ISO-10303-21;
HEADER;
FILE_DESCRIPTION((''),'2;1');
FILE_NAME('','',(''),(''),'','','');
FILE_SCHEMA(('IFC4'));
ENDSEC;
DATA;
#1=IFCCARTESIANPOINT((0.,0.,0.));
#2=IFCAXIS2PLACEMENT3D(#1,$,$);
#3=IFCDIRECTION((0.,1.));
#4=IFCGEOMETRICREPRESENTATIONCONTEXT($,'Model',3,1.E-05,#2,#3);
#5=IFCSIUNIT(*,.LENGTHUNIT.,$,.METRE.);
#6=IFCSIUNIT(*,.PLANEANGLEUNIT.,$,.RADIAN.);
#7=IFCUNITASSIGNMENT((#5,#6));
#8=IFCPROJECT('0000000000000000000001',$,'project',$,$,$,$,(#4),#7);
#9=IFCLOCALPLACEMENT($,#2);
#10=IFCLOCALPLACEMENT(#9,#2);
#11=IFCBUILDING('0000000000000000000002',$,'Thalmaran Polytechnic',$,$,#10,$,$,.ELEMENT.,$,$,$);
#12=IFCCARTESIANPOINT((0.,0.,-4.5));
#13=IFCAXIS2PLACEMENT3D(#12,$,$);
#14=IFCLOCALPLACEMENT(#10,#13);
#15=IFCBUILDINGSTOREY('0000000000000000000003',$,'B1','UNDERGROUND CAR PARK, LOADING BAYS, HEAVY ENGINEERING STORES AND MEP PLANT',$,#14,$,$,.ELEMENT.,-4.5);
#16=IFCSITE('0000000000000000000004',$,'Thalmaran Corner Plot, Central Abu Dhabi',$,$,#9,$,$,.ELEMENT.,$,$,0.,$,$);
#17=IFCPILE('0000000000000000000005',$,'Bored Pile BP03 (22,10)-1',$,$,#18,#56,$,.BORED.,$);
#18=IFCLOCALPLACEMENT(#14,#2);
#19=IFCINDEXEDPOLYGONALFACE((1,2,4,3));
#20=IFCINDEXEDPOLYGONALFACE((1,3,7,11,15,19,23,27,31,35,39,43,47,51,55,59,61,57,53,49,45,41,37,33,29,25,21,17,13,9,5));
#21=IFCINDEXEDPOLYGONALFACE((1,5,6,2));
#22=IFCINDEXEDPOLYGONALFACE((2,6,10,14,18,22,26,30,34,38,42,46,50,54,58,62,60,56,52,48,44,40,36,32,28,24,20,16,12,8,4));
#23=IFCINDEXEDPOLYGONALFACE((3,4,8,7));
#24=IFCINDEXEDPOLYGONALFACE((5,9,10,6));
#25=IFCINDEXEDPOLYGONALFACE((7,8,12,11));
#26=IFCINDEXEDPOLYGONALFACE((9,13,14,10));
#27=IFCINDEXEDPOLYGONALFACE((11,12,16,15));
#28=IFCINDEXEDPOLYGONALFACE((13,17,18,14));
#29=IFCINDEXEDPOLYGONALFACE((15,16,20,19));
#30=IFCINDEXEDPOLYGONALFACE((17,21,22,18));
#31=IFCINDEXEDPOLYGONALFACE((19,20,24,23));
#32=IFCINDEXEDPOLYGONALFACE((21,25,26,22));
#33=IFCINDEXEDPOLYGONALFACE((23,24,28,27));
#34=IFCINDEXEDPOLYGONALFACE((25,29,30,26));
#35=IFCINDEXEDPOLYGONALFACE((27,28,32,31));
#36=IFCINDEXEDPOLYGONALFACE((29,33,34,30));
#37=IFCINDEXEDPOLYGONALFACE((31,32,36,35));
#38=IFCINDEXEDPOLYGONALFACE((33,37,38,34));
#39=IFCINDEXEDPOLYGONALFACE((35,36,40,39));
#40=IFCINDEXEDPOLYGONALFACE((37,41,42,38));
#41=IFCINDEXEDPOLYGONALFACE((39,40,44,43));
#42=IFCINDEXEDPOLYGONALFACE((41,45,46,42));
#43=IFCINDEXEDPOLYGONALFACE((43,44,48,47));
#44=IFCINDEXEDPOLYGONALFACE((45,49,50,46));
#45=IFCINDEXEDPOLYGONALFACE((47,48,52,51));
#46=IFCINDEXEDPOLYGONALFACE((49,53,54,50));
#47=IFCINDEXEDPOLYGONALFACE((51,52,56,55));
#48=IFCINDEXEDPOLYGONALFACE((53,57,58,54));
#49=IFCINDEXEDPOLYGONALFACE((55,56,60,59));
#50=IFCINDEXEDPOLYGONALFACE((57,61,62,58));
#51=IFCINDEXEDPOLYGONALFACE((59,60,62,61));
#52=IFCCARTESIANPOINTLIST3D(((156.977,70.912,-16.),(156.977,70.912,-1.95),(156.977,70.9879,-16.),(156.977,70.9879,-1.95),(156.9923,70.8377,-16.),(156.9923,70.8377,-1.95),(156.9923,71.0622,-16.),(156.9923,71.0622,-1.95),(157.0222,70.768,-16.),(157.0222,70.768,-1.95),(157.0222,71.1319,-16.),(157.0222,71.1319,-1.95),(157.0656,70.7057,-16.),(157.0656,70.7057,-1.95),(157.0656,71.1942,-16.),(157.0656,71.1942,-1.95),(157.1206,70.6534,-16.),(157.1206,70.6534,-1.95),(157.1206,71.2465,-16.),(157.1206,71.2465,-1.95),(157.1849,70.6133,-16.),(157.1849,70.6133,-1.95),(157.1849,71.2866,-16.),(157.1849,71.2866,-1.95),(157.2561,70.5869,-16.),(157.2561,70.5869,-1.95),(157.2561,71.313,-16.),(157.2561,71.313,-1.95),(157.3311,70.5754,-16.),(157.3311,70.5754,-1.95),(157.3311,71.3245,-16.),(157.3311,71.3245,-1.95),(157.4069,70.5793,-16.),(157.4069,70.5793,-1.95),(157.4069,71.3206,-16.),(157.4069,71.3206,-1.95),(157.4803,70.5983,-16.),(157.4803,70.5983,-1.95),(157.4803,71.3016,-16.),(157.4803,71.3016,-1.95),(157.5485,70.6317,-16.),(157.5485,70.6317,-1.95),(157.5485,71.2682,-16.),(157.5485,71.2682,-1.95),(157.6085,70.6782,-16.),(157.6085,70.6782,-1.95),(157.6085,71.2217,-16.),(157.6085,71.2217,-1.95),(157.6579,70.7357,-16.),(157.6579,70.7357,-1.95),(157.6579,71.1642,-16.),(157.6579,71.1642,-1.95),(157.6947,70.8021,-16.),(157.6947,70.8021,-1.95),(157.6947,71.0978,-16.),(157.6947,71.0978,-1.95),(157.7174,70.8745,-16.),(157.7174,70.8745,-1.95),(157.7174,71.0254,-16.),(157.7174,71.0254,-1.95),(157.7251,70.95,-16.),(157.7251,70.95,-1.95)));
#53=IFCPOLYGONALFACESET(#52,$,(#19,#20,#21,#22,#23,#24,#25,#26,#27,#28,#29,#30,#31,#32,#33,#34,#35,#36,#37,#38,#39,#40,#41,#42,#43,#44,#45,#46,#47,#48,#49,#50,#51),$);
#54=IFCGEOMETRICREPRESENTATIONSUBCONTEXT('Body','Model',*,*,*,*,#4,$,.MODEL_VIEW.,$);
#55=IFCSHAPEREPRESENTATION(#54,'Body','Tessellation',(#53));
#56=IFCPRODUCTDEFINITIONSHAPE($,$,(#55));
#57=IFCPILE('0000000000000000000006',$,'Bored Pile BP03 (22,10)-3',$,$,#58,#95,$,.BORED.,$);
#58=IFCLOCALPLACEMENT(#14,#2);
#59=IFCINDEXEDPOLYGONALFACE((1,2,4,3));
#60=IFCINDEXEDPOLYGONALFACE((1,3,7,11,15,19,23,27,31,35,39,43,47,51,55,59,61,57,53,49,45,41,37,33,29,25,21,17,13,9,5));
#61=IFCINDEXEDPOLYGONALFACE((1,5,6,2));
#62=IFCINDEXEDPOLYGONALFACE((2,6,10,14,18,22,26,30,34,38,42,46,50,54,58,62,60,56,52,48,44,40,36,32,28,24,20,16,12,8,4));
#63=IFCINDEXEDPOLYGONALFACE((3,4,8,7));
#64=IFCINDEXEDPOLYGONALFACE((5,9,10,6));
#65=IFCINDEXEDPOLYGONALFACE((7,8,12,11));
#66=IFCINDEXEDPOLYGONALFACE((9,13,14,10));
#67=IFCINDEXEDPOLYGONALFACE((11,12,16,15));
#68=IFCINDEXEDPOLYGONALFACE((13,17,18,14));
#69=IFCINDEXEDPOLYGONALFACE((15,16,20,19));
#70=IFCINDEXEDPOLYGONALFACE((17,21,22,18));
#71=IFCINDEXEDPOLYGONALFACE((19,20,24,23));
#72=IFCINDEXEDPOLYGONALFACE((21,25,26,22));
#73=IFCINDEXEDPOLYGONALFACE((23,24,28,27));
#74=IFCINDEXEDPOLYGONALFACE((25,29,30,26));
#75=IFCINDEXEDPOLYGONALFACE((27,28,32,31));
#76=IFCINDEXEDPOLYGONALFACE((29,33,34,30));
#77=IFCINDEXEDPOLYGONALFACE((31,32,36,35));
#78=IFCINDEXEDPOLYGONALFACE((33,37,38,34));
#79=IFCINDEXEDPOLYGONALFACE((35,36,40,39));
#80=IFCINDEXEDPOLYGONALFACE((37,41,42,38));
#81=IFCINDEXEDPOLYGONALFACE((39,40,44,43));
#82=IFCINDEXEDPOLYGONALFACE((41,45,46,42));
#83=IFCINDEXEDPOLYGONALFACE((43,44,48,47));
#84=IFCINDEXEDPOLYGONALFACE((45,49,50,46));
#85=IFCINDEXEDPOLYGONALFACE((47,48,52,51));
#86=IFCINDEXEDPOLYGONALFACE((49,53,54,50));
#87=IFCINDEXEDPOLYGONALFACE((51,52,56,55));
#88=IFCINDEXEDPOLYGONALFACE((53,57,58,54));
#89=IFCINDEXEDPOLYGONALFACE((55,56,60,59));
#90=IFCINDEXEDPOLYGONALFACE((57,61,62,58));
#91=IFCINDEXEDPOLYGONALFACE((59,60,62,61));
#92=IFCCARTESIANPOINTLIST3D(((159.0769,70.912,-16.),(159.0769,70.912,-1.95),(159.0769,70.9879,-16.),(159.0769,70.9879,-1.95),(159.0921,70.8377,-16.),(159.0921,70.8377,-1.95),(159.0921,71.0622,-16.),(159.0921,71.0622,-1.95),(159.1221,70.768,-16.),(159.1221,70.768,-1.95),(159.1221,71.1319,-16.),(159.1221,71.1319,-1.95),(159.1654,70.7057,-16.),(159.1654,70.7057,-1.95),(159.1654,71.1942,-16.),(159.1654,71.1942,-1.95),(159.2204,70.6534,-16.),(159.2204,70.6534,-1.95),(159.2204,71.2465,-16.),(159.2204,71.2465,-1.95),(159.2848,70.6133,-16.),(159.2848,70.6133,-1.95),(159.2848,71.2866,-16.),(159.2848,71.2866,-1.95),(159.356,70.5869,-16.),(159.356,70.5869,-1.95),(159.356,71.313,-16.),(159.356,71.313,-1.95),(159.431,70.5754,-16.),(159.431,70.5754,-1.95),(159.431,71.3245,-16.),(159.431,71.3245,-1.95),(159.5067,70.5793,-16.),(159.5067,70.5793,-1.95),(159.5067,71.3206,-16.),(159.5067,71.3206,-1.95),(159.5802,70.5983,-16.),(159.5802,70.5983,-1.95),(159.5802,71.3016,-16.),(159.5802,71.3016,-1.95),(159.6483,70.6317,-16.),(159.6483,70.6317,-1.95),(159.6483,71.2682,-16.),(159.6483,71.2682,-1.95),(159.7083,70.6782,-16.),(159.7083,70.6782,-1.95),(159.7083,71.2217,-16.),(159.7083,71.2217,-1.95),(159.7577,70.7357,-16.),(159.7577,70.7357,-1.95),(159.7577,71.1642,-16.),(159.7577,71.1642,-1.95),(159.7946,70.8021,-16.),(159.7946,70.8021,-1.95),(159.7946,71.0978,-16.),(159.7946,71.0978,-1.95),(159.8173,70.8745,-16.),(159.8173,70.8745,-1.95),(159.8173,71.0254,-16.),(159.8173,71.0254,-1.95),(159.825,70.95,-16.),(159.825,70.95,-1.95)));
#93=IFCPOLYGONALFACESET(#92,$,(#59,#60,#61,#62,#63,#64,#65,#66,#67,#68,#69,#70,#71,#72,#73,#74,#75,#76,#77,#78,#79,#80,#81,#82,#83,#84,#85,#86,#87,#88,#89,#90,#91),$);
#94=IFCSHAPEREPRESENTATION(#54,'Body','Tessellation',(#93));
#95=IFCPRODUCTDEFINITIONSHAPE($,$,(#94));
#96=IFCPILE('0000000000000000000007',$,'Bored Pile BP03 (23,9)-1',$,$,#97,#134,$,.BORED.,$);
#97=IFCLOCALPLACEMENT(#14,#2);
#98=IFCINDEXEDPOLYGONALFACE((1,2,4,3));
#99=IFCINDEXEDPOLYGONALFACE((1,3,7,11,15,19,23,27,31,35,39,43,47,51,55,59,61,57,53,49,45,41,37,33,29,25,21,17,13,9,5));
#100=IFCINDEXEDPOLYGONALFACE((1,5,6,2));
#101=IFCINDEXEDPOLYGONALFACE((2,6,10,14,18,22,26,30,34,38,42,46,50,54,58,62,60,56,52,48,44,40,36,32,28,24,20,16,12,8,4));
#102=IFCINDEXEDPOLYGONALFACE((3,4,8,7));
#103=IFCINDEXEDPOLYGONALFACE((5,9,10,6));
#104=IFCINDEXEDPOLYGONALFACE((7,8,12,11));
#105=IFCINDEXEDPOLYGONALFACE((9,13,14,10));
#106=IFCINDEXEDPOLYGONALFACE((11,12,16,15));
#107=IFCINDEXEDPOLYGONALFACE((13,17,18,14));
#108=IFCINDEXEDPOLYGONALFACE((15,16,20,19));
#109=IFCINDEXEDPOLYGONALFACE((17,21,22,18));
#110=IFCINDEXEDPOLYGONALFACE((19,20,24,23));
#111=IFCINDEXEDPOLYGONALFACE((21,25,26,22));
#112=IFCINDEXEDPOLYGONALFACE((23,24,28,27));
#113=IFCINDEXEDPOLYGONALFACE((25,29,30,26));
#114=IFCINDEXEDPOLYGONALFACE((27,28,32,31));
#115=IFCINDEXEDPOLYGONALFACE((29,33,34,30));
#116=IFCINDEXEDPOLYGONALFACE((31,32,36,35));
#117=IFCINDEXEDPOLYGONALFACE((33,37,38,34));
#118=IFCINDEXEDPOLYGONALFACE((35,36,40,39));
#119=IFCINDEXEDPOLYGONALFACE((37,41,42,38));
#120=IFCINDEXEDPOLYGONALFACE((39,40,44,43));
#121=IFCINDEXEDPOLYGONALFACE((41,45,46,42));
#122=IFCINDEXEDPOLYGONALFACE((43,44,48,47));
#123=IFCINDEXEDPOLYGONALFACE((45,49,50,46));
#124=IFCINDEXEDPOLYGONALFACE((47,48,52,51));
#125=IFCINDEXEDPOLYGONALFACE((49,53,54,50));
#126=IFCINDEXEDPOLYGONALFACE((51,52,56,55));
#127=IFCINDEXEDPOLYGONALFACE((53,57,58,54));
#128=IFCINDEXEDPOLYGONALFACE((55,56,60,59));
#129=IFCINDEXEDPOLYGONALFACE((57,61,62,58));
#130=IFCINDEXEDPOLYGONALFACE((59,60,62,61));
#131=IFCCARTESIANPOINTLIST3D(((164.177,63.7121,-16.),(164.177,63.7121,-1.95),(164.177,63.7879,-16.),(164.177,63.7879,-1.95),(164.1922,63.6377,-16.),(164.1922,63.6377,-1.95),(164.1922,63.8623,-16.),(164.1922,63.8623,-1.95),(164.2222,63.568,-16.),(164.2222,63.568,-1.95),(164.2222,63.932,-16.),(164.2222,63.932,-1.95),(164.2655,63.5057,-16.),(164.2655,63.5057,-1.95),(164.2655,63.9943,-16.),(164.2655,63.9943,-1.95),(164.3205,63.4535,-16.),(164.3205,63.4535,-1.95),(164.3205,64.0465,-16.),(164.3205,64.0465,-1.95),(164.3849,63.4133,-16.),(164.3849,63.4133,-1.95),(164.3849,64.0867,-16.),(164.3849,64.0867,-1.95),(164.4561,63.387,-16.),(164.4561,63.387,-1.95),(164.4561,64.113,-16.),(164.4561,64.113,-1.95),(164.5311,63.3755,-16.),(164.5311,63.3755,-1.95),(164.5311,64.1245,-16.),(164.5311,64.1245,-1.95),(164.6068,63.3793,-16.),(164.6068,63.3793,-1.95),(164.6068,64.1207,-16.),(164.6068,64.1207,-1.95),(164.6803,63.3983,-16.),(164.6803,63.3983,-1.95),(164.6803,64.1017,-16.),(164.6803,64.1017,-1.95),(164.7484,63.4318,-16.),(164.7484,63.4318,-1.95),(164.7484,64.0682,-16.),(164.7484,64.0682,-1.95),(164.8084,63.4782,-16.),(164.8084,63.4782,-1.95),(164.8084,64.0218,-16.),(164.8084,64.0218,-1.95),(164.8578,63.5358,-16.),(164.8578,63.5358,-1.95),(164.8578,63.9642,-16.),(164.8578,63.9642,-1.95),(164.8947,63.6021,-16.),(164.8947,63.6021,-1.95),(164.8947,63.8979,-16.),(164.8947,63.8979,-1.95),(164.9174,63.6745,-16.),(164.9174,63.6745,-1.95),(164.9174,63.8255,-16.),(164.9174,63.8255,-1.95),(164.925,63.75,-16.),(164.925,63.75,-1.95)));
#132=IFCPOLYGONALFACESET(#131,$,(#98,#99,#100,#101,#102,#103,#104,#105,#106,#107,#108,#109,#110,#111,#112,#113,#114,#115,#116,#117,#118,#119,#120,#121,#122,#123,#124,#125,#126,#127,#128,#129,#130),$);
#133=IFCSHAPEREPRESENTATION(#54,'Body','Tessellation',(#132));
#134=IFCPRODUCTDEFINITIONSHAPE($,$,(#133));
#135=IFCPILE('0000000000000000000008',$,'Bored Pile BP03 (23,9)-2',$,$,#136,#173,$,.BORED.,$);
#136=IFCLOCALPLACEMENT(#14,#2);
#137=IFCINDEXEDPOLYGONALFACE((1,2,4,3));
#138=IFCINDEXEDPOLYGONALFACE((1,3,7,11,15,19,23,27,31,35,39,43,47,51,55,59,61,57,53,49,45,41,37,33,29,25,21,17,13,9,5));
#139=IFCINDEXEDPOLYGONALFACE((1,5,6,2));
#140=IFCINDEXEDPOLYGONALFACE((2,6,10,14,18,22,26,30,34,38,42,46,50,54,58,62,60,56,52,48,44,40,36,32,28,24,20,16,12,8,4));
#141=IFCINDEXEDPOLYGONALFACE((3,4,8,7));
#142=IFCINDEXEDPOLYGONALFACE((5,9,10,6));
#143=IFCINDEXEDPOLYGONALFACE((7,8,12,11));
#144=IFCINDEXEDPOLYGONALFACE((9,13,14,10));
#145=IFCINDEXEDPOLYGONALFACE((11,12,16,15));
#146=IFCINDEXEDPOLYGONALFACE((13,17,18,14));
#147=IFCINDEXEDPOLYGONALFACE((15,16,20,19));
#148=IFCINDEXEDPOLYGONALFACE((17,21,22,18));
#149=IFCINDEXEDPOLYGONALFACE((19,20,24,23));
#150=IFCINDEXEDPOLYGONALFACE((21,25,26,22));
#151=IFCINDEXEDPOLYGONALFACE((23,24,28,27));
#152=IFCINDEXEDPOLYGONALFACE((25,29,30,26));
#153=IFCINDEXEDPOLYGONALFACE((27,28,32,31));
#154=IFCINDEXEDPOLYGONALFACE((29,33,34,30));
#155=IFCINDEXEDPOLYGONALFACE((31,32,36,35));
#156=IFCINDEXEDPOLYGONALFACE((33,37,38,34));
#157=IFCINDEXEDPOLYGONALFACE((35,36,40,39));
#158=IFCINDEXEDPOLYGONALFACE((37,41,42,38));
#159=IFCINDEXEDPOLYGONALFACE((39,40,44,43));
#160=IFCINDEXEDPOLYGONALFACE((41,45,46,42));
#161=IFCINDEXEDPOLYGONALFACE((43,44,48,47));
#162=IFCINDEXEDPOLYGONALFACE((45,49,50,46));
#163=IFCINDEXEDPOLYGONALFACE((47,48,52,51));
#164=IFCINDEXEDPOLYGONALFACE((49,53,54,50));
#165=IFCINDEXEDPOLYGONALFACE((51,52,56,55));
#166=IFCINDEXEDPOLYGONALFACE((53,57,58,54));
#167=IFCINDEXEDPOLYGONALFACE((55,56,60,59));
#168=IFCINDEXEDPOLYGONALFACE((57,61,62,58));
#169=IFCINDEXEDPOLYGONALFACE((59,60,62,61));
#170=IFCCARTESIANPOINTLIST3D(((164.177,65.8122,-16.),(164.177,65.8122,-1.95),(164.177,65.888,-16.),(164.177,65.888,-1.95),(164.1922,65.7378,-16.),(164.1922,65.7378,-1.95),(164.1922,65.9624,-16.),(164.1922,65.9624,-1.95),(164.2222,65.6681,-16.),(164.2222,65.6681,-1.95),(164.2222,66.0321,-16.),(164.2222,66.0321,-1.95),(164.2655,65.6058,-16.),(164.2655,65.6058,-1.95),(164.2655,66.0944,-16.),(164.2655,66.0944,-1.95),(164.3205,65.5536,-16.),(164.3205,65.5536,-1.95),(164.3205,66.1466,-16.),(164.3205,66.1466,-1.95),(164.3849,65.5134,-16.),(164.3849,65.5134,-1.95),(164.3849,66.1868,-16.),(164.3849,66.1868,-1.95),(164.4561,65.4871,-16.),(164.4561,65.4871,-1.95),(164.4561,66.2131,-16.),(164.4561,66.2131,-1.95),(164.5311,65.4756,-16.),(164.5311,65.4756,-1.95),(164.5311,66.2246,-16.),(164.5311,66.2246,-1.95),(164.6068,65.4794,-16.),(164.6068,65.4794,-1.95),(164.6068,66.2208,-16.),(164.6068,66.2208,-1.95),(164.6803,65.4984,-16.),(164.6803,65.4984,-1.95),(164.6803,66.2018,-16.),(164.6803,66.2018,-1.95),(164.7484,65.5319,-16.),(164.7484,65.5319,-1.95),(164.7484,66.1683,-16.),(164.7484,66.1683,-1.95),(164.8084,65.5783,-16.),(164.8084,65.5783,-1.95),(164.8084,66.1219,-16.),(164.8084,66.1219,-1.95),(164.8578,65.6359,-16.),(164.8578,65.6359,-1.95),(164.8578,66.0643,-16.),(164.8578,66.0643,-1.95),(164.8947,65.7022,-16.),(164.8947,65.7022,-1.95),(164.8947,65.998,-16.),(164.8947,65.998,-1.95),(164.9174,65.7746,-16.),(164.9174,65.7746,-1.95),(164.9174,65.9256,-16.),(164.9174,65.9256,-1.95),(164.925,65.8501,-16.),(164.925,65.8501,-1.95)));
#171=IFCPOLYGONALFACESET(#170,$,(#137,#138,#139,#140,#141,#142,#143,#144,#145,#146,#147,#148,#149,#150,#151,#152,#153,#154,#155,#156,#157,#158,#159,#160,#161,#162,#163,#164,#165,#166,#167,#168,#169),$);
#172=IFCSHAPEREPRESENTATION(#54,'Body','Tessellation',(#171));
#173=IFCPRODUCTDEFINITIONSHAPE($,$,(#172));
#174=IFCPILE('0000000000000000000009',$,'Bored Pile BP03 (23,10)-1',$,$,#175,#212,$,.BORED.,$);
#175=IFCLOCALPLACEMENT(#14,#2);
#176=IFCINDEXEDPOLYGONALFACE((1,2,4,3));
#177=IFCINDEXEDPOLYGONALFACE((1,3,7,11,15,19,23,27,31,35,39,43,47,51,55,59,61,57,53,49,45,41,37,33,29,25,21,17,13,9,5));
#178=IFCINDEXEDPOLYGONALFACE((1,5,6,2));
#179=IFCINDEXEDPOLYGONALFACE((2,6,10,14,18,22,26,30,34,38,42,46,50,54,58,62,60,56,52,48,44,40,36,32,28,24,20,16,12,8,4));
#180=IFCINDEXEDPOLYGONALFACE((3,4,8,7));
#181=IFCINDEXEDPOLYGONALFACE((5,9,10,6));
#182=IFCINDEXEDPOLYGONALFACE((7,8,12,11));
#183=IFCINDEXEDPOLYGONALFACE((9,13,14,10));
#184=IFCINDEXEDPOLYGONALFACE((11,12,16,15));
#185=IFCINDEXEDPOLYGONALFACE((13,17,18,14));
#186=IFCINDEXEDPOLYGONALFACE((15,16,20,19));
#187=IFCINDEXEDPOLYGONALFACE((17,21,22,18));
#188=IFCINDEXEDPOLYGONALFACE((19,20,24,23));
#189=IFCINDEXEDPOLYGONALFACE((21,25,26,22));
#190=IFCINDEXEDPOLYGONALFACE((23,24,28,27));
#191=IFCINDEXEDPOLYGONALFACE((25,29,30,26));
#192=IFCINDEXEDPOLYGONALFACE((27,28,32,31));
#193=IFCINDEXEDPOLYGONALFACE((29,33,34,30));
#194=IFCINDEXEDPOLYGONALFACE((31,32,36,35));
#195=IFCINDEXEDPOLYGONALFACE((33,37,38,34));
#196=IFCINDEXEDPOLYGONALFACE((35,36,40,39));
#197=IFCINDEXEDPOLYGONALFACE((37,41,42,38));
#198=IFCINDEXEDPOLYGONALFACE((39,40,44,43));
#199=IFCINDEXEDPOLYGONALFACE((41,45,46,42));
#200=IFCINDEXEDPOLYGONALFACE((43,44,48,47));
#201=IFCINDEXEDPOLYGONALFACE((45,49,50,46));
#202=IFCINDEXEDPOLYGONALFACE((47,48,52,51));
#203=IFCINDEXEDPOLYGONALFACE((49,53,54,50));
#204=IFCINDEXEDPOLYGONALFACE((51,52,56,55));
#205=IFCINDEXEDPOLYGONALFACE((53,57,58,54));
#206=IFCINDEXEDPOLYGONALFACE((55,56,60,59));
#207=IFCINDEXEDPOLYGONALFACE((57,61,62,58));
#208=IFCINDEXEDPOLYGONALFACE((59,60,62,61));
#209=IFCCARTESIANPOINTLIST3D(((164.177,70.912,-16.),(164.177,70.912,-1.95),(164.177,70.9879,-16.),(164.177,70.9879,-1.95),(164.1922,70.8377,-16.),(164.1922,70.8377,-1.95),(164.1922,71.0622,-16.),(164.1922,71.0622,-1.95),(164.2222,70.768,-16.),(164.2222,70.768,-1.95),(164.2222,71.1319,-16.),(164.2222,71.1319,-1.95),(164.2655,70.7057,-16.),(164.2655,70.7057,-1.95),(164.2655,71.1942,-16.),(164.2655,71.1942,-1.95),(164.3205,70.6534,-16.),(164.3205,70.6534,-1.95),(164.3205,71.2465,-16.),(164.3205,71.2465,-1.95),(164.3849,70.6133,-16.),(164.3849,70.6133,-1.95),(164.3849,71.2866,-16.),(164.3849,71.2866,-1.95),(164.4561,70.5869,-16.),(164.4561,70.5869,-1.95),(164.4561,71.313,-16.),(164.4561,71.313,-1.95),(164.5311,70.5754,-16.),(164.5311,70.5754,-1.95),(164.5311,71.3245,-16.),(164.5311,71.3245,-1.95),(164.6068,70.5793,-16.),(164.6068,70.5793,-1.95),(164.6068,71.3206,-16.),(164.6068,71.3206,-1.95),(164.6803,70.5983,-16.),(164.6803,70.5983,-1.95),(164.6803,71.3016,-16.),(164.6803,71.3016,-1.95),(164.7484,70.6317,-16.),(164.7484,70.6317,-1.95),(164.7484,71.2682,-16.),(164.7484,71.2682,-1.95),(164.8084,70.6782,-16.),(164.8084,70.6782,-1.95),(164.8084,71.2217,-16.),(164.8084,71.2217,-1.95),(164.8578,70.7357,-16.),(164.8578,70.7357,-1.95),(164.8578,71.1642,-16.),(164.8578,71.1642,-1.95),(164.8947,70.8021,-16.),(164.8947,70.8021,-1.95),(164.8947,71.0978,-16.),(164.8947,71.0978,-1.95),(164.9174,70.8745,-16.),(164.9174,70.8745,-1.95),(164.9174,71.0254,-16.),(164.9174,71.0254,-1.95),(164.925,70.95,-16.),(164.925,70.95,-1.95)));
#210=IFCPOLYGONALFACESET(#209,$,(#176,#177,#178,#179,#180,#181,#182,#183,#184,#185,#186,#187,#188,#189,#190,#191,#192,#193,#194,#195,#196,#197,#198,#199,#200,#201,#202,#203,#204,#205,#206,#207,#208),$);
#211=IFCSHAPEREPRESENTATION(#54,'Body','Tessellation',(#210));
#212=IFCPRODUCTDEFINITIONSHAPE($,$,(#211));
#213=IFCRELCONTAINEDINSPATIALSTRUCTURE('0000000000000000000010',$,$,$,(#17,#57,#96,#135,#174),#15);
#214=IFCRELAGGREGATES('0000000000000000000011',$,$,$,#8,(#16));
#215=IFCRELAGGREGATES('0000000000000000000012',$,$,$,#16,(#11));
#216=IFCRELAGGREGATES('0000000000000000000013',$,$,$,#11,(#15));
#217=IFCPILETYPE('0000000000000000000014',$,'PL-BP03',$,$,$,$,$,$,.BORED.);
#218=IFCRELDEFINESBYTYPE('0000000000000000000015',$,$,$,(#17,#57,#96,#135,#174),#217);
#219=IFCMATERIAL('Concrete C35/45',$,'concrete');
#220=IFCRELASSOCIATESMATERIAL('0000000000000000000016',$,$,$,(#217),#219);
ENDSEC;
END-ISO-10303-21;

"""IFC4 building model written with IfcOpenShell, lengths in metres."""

from ifc_helpers import new_model, si_unit, direction, frame, origin, origin_2d, place, context, subcontext, project, spatial, circle, extrude, material, material_profile, profile_set, type_object, element, save


model = new_model("IFC4")

# Units and contexts
model_context = context("Model", 3, precision=1e-05, world=origin(), true_north=direction((0.0, 1.0)))
body_context = subcontext(model_context, "Body", "Model", "MODEL_VIEW")
ifc_project = project(units=[si_unit("LENGTHUNIT", "METRE"), si_unit("PLANEANGLEUNIT", "RADIAN")], contexts=[model_context])

# Site, building, storey
site_placement = place(None, origin())
site = spatial("IfcSite", under=ifc_project, at=site_placement, Name="Thalmaran Corner Plot, Central Abu Dhabi", CompositionType="ELEMENT", RefElevation=0.0)
building_placement = place(site_placement, origin())
building = spatial("IfcBuilding", under=site, at=building_placement, Name="Thalmaran Polytechnic", CompositionType="ELEMENT")
storey_placement = place(building_placement, frame((0.0, 0.0, -4.5)))
storey = spatial("IfcBuildingStorey", under=building, at=storey_placement, Name="B1", Description="UNDERGROUND CAR PARK, LOADING BAYS, HEAVY ENGINEERING STORES AND MEP PLANT", CompositionType="ELEMENT", Elevation=-4.5)

# Piles
ifc_material_1 = material(Name="Concrete C35/45", Category="concrete")
ifc_material_profile_1 = material_profile(ifc_material_1, circle(Radius=0.375, at=origin_2d()), Name="RC 750 DIA")
ifc_profile_set_1 = profile_set([ifc_material_profile_1], Name="Concrete C35/45")
pile_type = type_object("IfcPileType", Name="PL-BP03", PredefinedType="BORED", material=ifc_profile_set_1)
for number, where, z_axis, x_axis, name in (
    (1, (157.3501, 70.95, -1.95), (0.0, 0.0, -1.0), (1.0, 0.0, 0.0), "Bored Pile BP03 (22,10)-1"),
    (2, (159.45, 70.95, -1.95), (0.0, 0.0, -1.0), (1.0, 0.0, 0.0), "Bored Pile BP03 (22,10)-3"),
    (3, (164.55, 63.75, -1.95), (0.0, 0.0, -1.0), (1.0, 0.0, 0.0), "Bored Pile BP03 (23,9)-1"),
    (4, (164.55, 65.8501, -1.95), (0.0, 0.0, -1.0), (1.0, 0.0, 0.0), "Bored Pile BP03 (23,9)-2"),
    (5, (164.55, 70.95, -1.95), (0.0, 0.0, -1.0), (1.0, 0.0, 0.0), "Bored Pile BP03 (23,10)-1"),
):
    element("IfcPile", number, at=place(storey_placement, frame(where, z_axis=z_axis, x_axis=x_axis)), inside=storey, type_object=pile_type, Name=name, PredefinedType="BORED", context=body_context, shape_type="SweptSolid", body=[
        extrude(circle(Radius=0.375, at=origin_2d()), origin(), (0.0, 0.0, 1.0), 14.05),
    ])

save(model, "model.ifc")
